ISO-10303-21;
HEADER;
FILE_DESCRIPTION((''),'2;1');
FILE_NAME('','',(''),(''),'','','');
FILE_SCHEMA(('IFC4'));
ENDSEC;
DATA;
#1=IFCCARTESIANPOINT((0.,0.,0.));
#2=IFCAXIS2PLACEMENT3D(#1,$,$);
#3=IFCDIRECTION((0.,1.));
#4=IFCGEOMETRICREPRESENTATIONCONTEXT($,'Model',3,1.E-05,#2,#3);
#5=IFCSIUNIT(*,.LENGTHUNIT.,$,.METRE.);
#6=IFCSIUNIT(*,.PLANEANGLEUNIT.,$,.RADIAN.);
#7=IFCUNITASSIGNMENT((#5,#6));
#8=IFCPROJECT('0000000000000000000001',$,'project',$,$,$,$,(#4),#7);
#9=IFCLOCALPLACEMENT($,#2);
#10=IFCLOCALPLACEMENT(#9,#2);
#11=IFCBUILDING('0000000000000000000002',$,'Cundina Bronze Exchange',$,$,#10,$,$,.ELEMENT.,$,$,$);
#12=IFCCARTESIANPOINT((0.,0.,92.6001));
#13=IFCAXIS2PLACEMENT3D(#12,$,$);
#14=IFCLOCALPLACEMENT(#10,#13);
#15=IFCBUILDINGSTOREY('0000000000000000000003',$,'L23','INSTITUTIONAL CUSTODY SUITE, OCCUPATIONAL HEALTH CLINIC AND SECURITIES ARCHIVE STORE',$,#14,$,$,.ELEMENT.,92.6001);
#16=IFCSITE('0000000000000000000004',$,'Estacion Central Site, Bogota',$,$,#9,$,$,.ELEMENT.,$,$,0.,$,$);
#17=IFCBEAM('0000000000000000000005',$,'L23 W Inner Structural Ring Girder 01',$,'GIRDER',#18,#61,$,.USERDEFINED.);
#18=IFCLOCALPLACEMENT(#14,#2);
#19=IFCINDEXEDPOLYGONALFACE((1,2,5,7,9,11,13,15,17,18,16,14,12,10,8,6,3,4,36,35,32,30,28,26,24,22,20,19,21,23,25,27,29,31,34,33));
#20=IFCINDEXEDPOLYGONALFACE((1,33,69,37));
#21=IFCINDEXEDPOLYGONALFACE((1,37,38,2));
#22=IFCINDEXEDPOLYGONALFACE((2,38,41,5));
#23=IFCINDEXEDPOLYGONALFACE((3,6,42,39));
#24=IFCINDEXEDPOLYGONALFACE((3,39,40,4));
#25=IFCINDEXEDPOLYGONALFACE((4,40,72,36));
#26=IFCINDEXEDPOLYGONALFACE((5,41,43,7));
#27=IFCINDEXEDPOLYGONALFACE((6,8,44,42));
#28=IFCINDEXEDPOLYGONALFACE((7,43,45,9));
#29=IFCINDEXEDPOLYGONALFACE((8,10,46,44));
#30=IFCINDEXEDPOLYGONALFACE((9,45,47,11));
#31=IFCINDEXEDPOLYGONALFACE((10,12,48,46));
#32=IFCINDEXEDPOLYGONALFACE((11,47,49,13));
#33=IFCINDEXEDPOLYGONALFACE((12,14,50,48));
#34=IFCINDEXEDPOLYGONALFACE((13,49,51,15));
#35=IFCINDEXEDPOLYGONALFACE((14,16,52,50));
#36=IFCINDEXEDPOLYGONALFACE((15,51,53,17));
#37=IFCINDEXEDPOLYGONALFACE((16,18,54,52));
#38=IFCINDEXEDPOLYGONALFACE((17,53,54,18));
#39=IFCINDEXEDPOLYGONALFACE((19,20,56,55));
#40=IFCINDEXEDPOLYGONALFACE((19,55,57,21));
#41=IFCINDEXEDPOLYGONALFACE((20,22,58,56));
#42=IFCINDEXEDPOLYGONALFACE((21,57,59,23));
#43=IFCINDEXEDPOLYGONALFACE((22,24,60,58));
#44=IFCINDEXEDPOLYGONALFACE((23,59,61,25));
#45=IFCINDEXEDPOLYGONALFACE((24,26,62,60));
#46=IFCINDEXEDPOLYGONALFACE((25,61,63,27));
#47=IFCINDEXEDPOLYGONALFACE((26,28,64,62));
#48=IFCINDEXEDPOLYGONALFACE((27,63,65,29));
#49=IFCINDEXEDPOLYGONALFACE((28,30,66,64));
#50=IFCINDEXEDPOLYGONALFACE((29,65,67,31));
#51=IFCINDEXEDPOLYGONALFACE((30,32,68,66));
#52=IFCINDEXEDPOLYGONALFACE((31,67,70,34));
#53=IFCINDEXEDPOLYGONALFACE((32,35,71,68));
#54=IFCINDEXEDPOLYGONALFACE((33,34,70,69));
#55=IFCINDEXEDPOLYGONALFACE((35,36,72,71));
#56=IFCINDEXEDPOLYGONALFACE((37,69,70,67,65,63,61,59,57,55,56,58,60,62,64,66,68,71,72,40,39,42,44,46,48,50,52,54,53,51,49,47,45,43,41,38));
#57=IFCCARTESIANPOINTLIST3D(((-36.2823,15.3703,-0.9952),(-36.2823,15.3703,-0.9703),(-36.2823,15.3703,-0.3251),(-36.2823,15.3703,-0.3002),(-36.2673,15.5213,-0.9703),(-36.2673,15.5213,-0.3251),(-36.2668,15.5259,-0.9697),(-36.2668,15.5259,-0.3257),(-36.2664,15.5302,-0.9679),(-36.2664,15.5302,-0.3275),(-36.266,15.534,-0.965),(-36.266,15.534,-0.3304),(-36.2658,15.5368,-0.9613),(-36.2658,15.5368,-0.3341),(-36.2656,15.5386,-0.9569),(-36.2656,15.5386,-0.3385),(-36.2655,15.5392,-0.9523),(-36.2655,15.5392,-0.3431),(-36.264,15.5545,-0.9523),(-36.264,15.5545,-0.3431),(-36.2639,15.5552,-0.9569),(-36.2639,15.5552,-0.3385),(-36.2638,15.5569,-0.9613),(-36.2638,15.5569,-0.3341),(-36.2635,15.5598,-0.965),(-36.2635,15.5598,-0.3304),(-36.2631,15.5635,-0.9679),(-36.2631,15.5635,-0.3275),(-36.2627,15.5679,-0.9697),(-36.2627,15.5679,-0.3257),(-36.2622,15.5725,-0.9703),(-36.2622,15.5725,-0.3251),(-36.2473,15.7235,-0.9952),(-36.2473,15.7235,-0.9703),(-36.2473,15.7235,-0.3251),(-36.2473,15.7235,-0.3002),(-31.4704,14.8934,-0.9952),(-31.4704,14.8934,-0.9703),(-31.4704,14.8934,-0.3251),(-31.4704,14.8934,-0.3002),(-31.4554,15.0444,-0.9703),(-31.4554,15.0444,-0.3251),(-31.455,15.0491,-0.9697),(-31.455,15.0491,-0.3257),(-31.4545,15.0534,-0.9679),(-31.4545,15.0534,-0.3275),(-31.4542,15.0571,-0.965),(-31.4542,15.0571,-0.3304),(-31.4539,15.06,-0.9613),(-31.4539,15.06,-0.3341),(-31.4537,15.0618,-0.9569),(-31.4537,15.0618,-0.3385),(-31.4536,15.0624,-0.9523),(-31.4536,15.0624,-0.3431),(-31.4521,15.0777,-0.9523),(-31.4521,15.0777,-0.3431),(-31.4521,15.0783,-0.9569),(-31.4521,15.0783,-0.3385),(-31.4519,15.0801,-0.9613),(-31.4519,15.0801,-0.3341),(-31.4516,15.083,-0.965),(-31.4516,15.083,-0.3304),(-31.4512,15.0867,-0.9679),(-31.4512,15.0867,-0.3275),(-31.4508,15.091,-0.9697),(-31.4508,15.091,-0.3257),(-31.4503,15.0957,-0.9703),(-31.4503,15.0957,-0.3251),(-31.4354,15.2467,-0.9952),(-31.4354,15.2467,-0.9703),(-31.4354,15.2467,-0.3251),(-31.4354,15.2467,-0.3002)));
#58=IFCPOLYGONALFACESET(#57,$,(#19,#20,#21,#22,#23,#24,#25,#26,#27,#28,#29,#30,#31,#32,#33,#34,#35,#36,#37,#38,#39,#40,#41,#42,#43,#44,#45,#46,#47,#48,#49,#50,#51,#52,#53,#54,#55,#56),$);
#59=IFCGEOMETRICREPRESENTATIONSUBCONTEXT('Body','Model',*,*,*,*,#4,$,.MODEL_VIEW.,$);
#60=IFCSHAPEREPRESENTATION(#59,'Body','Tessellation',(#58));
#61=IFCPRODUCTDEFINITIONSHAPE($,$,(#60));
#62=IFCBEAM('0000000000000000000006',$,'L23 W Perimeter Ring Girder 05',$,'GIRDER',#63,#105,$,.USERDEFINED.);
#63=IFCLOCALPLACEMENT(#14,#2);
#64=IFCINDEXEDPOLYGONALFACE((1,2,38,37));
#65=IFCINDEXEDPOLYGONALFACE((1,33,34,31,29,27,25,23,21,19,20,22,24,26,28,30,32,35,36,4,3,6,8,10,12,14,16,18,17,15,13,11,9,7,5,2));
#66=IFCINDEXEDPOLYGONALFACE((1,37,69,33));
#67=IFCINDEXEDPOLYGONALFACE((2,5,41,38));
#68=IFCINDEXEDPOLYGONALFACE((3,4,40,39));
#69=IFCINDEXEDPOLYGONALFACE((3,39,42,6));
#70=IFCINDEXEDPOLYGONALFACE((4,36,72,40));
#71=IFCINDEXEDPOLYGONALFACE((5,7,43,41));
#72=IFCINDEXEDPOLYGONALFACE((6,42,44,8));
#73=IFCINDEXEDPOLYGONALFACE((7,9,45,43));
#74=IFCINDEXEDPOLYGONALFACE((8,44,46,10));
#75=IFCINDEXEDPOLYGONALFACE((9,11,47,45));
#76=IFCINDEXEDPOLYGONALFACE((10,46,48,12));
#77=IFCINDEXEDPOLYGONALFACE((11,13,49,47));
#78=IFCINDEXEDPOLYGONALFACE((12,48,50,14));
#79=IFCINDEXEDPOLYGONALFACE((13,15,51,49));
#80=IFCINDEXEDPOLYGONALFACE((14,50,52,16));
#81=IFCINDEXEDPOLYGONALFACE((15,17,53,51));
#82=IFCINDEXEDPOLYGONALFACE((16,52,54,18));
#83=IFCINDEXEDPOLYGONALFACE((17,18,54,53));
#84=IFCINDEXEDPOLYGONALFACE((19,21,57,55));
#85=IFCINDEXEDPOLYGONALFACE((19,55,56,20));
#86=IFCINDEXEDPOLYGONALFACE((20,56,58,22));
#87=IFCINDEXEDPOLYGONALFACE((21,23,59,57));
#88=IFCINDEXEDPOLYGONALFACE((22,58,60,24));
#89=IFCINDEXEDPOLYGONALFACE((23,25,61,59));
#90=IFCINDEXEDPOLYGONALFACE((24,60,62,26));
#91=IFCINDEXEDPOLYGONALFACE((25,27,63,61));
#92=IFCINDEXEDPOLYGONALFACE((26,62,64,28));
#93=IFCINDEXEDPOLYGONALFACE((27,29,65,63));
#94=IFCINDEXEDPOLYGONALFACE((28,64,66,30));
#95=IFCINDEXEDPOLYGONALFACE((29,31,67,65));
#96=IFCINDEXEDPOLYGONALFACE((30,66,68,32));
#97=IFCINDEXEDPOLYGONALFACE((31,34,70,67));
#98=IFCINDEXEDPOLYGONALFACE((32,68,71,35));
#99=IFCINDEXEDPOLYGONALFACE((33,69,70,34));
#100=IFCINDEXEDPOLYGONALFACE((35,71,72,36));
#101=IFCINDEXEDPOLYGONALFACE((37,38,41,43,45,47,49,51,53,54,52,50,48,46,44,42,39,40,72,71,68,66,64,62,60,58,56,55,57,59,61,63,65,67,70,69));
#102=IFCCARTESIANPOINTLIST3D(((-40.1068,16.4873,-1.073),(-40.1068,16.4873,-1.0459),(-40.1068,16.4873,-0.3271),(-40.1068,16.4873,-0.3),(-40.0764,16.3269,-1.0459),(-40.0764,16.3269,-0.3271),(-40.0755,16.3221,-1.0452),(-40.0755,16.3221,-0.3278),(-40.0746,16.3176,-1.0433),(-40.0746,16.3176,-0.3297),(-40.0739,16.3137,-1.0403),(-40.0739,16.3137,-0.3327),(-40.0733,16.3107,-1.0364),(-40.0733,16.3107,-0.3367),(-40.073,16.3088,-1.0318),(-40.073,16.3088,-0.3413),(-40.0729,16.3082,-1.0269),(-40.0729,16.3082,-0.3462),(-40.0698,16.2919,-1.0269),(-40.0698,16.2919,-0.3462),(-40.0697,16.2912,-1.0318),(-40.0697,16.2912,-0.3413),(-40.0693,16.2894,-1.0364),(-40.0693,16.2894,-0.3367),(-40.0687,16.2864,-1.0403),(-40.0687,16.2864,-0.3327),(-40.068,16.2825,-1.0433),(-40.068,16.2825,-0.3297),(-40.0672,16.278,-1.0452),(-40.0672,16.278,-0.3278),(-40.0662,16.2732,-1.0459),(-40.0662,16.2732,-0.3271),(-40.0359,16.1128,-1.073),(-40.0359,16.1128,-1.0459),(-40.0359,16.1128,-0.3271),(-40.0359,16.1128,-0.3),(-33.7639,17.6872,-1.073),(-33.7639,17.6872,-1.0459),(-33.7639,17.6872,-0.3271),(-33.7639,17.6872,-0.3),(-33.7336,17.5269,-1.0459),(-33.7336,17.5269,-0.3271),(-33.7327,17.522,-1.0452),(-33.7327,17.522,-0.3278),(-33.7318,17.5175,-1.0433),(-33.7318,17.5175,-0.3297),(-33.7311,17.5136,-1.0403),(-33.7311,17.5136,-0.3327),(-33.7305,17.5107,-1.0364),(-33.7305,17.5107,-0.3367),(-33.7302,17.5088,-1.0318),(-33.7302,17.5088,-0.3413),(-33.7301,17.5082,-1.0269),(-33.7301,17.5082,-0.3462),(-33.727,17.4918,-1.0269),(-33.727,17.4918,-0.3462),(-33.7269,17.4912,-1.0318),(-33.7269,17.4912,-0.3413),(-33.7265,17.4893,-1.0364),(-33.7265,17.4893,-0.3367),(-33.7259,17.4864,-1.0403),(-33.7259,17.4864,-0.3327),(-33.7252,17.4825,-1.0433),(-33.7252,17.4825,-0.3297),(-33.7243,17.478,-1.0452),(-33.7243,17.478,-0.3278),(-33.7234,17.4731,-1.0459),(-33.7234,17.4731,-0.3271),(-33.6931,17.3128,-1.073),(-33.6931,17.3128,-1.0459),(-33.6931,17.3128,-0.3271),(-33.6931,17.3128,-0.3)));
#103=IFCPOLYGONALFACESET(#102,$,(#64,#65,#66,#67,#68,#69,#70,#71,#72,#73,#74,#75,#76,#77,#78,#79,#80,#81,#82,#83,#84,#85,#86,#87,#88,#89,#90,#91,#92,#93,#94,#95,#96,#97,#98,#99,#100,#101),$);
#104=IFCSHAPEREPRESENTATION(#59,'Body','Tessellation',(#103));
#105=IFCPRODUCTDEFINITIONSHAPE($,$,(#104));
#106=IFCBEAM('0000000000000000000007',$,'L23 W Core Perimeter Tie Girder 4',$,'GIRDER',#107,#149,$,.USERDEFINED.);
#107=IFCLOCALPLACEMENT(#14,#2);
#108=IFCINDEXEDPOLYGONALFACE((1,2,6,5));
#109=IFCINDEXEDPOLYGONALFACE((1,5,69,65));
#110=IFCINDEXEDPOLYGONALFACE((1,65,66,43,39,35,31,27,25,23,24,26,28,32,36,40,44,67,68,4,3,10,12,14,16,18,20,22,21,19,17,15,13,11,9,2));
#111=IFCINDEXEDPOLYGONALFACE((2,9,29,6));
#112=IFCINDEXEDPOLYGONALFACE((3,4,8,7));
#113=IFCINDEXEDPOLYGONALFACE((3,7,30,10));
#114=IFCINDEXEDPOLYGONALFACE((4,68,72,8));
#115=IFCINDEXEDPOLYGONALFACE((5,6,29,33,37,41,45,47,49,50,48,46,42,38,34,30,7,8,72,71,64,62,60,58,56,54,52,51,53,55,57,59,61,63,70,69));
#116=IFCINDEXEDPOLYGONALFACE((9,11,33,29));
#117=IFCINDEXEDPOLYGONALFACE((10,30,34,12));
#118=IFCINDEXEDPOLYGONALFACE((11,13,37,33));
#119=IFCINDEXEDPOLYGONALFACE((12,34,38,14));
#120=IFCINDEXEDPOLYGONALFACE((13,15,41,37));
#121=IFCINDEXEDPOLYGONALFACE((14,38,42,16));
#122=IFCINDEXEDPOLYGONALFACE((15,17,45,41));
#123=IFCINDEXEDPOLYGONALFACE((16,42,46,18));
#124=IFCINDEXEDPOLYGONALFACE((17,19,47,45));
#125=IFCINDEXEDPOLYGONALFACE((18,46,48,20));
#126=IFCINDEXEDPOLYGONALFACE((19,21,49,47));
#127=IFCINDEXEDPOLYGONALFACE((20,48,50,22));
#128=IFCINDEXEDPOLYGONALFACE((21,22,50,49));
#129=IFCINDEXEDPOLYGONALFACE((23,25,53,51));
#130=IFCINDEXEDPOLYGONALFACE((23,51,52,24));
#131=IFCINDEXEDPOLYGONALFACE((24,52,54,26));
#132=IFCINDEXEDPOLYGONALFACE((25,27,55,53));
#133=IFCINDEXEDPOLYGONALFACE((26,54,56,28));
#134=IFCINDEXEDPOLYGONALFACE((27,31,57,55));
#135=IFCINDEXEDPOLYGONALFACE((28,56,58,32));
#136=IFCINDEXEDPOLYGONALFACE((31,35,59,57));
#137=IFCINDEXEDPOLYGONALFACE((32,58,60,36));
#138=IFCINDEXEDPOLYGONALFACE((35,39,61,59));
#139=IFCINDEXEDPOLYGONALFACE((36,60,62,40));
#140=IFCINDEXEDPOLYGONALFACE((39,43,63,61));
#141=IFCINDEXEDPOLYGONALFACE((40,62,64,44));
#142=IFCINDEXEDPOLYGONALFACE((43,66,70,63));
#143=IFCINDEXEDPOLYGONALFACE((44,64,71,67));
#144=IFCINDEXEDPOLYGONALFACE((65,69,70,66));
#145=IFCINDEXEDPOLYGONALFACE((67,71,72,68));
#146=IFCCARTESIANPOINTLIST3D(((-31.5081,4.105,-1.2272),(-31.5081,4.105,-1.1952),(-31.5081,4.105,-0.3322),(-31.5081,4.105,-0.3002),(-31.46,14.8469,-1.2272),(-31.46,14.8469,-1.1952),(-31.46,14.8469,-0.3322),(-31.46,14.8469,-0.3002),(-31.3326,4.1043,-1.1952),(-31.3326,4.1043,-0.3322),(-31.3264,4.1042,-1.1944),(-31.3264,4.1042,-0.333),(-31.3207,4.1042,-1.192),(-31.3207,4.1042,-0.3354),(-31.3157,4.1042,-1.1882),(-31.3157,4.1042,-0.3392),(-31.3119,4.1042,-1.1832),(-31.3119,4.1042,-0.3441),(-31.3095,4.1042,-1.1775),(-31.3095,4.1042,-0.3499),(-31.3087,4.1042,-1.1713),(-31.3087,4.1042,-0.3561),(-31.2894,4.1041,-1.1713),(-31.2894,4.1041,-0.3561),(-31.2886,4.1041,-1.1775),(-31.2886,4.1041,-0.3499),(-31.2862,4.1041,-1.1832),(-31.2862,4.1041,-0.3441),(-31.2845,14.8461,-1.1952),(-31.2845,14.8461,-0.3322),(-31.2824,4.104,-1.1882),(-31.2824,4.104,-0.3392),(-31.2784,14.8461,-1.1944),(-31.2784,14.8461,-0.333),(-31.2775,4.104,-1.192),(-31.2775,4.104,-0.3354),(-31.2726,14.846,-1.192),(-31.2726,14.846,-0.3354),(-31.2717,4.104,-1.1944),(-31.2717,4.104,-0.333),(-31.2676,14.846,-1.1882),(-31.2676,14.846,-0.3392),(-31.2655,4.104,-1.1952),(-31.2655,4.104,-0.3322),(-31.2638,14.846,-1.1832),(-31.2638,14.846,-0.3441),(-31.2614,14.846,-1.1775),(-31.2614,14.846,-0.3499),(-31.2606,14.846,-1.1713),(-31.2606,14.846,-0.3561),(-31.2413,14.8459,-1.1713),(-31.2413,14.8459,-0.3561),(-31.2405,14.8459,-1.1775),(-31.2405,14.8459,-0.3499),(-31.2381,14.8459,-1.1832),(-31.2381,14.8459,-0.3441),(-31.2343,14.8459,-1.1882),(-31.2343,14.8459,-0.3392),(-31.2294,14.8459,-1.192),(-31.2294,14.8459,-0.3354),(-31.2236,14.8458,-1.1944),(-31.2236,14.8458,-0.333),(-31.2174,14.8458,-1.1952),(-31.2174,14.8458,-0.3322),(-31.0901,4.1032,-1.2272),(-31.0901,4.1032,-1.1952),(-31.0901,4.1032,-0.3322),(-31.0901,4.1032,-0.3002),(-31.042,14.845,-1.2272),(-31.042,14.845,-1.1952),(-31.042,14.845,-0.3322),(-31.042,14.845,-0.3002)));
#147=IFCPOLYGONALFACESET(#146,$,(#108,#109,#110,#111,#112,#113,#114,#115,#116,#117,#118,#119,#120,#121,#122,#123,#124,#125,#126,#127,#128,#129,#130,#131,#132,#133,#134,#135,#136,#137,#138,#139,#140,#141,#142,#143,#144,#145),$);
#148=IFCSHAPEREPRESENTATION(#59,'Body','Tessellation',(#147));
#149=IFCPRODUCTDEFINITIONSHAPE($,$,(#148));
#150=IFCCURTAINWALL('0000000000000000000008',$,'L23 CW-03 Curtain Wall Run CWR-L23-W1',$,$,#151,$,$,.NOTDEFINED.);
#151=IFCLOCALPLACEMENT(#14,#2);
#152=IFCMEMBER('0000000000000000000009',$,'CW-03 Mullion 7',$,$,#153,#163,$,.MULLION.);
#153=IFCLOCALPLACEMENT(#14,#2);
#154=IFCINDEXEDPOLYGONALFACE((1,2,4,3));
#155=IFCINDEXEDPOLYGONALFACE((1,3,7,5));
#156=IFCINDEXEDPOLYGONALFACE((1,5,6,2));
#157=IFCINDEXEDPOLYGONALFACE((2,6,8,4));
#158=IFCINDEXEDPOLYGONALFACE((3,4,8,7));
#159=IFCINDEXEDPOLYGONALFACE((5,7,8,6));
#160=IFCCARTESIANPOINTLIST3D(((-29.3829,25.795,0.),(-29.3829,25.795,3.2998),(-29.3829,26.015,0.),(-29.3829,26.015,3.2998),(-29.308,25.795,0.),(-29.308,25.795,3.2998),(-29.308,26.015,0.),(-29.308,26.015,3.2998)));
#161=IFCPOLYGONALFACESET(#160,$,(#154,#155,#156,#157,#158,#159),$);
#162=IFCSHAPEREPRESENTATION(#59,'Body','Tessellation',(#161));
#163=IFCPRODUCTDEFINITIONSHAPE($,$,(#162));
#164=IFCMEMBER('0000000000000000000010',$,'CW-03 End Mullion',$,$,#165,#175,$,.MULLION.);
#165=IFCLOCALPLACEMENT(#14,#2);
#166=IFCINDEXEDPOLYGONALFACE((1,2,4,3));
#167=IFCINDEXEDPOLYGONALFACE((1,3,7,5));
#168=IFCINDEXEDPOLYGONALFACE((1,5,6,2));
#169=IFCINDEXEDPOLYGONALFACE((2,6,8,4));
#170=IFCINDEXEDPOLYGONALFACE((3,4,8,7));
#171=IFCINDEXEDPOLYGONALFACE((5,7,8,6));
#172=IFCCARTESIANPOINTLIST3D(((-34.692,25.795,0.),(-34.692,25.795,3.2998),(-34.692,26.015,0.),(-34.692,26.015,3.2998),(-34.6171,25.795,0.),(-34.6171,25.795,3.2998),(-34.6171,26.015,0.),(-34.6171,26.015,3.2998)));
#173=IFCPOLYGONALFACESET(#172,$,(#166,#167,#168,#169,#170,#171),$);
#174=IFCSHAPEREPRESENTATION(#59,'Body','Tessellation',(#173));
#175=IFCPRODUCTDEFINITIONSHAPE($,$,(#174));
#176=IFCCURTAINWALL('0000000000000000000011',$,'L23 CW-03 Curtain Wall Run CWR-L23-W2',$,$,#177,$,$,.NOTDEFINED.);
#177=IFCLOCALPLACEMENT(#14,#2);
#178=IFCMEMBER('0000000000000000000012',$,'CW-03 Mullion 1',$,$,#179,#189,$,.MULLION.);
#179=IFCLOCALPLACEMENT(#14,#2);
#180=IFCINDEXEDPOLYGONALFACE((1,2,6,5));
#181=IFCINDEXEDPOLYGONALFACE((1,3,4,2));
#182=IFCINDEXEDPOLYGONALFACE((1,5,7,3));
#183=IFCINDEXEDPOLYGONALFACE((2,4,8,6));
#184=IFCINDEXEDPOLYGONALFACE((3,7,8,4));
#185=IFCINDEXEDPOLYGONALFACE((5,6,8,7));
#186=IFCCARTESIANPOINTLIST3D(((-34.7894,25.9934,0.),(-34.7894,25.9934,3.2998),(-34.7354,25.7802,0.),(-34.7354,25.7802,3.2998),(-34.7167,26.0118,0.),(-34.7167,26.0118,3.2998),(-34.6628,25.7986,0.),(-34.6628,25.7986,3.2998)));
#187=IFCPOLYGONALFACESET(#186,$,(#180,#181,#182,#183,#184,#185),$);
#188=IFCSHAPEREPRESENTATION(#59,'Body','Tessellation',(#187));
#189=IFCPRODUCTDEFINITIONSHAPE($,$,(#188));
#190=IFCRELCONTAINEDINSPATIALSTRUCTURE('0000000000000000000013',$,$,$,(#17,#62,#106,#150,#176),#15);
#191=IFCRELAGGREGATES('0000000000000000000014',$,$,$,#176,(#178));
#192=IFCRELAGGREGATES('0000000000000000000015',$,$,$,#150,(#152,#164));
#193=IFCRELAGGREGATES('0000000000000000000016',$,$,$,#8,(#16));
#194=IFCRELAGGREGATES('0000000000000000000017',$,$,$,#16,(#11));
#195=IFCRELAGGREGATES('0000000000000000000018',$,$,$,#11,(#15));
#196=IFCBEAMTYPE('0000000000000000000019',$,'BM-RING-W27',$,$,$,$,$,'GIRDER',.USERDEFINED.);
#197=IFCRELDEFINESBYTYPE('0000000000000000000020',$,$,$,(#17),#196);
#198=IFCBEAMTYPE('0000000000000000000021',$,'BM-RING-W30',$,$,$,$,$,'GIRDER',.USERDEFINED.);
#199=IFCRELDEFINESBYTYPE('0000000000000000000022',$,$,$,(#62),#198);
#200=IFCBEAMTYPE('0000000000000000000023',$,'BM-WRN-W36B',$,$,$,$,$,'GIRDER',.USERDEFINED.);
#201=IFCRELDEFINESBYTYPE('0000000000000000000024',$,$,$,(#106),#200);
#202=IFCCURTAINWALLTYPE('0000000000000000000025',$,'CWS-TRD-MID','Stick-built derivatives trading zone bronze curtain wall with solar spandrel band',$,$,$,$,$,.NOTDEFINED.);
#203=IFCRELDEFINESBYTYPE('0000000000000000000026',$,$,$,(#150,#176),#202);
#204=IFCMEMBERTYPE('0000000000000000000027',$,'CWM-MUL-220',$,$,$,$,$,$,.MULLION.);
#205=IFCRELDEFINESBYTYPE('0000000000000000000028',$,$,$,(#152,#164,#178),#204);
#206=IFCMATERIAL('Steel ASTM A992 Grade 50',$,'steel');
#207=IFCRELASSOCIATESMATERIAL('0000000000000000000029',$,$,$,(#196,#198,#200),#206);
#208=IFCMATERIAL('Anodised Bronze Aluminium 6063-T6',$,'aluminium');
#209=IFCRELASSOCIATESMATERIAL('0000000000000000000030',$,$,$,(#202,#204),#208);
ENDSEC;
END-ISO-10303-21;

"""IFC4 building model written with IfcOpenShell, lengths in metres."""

from ifc_helpers import new_model, si_unit, direction, frame, origin, origin_2d, place, context, subcontext, project, spatial, rectangle, i_section, extrude, material, material_profile, profile_set, type_object, element, aggregate, save


model = new_model("IFC4")

# Units and contexts
model_context = context("Model", 3, precision=1e-05, world=origin(), true_north=direction((0.0, 1.0)))
body_context = subcontext(model_context, "Body", "Model", "MODEL_VIEW")
ifc_project = project(units=[si_unit("LENGTHUNIT", "METRE"), si_unit("PLANEANGLEUNIT", "RADIAN")], contexts=[model_context])

# Site, building, storey
site_placement = place(None, origin())
site = spatial("IfcSite", under=ifc_project, at=site_placement, Name="Estacion Central Site, Bogota", CompositionType="ELEMENT", RefElevation=0.0)
building_placement = place(site_placement, origin())
building = spatial("IfcBuilding", under=site, at=building_placement, Name="Cundina Bronze Exchange", CompositionType="ELEMENT")
storey_placement = place(building_placement, frame((0.0, 0.0, 92.6001)))
storey = spatial("IfcBuildingStorey", under=building, at=storey_placement, Name="L23", Description="INSTITUTIONAL CUSTODY SUITE, OCCUPATIONAL HEALTH CLINIC AND SECURITIES ARCHIVE STORE", CompositionType="ELEMENT", Elevation=92.6001)

# Shared definitions
ifc_material_1 = material(Name="Steel ASTM A992 Grade 50", Category="steel")

# Beams
ifc_material_profile_1 = material_profile(ifc_material_1, i_section(OverallWidth=0.355, OverallDepth=0.6951, WebThickness=0.0154, FlangeThickness=0.0249, FilletRadius=0.0181, at=origin_2d()), Name="W27X146", Category="steel")
ifc_profile_set_1 = profile_set([ifc_material_profile_1], Name="Steel ASTM A992 Grade 50")
beam_type_1 = type_object("IfcBeamType", Name="BM-RING-W27", ElementType="GIRDER", PredefinedType="USERDEFINED", material=ifc_profile_set_1)
beam_1_placement = place(storey_placement, frame((-31.4529, 15.0701, -0.6477), z_axis=(-0.995126, 0.098609, 0.0), x_axis=(-0.098609, -0.995126, 0.0)))
element("IfcBeam", 1, at=beam_1_placement, inside=storey, type_object=beam_type_1, Name="L23 W Inner Structural Ring Girder 01", ObjectType="GIRDER", PredefinedType="USERDEFINED", context=body_context, shape_type="SweptSolid", body=[
    extrude(i_section(OverallWidth=0.355, OverallDepth=0.6951, WebThickness=0.0154, FlangeThickness=0.0249, FilletRadius=0.0181, at=origin_2d()), origin(), (0.0, 0.0, 1.0), 4.8354),
])
ifc_material_profile_2 = material_profile(ifc_material_1, i_section(OverallWidth=0.3811, OverallDepth=0.7729, WebThickness=0.0166, FlangeThickness=0.0271, FilletRadius=0.019, at=origin_2d()), Name="W30X173", Category="steel")
ifc_profile_set_2 = profile_set([ifc_material_profile_2], Name="Steel ASTM A992 Grade 50")
beam_type_2 = type_object("IfcBeamType", Name="BM-RING-W30", ElementType="GIRDER", PredefinedType="USERDEFINED", material=ifc_profile_set_2)
beam_2_placement = place(storey_placement, frame((-33.7285, 17.5, -0.6865), z_axis=(-0.982571, -0.185887, 0.0), x_axis=(0.185887, -0.982571, 0.0)))
element("IfcBeam", 2, at=beam_2_placement, inside=storey, type_object=beam_type_2, Name="L23 W Perimeter Ring Girder 05", ObjectType="GIRDER", PredefinedType="USERDEFINED", context=body_context, shape_type="SweptSolid", body=[
    extrude(i_section(OverallWidth=0.3811, OverallDepth=0.7729, WebThickness=0.0166, FlangeThickness=0.0271, FilletRadius=0.019, at=origin_2d()), origin(), (0.0, 0.0, 1.0), 6.4553),
])
ifc_material_profile_3 = material_profile(ifc_material_1, i_section(OverallWidth=0.418, OverallDepth=0.927, WebThickness=0.0193, FlangeThickness=0.032, FilletRadius=0.0239, at=origin_2d()), Name="W36X231", Category="steel")
ifc_profile_set_3 = profile_set([ifc_material_profile_3], Name="Steel ASTM A992 Grade 50")
beam_type_3 = type_object("IfcBeamType", Name="BM-WRN-W36B", ElementType="GIRDER", PredefinedType="USERDEFINED", material=ifc_profile_set_3)
beam_3_placement = place(storey_placement, frame((-31.251, 14.8459, -0.7637), z_axis=(-0.004477, -0.99999, 0.0), x_axis=(0.99999, -0.004477, 0.0)))
element("IfcBeam", 3, at=beam_3_placement, inside=storey, type_object=beam_type_3, Name="L23 W Core Perimeter Tie Girder 4", ObjectType="GIRDER", PredefinedType="USERDEFINED", context=body_context, shape_type="SweptSolid", body=[
    extrude(i_section(OverallWidth=0.418, OverallDepth=0.927, WebThickness=0.0193, FlangeThickness=0.032, FilletRadius=0.0239, at=origin_2d()), origin(), (0.0, 0.0, 1.0), 10.7419),
])

# Curtain wall, members
ifc_material_2 = material(Name="Anodised Bronze Aluminium 6063-T6", Category="aluminium")
curtain_wall_type = type_object("IfcCurtainWallType", Name="CWS-TRD-MID", Description="Stick-built derivatives trading zone bronze curtain wall with solar spandrel band", PredefinedType="NOTDEFINED", material=ifc_material_2)
curtain_wall_1_placement = place(storey_placement, origin())
curtain_wall_1 = element("IfcCurtainWall", 4, at=curtain_wall_1_placement, inside=storey, type_object=curtain_wall_type, Name="L23 CW-03 Curtain Wall Run CWR-L23-W1", PredefinedType="NOTDEFINED")
ifc_material_profile_4 = material_profile(ifc_material_2, rectangle(XDim=0.075, YDim=0.22, at=origin_2d()), Name="AL75X220", Category="aluminium")
ifc_profile_set_4 = profile_set([ifc_material_profile_4], Name="Anodised Bronze Aluminium 6063-T6")
member_type_1 = type_object("IfcMemberType", Name="CWM-MUL-220", PredefinedType="MULLION", material=ifc_profile_set_4)
member_1_placement = place(storey_placement, frame((-29.3455, 25.905, 0.0), z_axis=(0.0, 0.0, 1.0), x_axis=(-1.0, 0.0, 0.0)))
member_1 = element("IfcMember", 5, at=member_1_placement, type_object=member_type_1, Name="CW-03 Mullion 7", PredefinedType="MULLION", context=body_context, shape_type="SweptSolid", body=[
    extrude(rectangle(XDim=0.075, YDim=0.22, at=origin_2d()), origin(), (0.0, 0.0, 1.0), 3.2998),
])
member_2_placement = place(storey_placement, frame((-34.6545, 25.905, 0.0), z_axis=(0.0, 0.0, 1.0), x_axis=(-1.0, 0.0, 0.0)))
member_2 = element("IfcMember", 6, at=member_2_placement, type_object=member_type_1, Name="CW-03 End Mullion", PredefinedType="MULLION", context=body_context, shape_type="SweptSolid", body=[
    extrude(rectangle(XDim=0.075, YDim=0.22, at=origin_2d()), origin(), (0.0, 0.0, 1.0), 3.2998),
])

# Curtain wall, member
curtain_wall_2_placement = place(storey_placement, origin())
curtain_wall_2 = element("IfcCurtainWall", 7, at=curtain_wall_2_placement, inside=storey, type_object=curtain_wall_type, Name="L23 CW-03 Curtain Wall Run CWR-L23-W2", PredefinedType="NOTDEFINED")
member_3_placement = place(storey_placement, frame((-34.7261, 25.896, 0.0), z_axis=(0.0, 0.0, 1.0), x_axis=(-0.969488, -0.245138, 0.0)))
member_3 = element("IfcMember", 8, at=member_3_placement, type_object=member_type_1, Name="CW-03 Mullion 1", PredefinedType="MULLION", context=body_context, shape_type="SweptSolid", body=[
    extrude(rectangle(XDim=0.075, YDim=0.22, at=origin_2d()), origin(), (0.0, 0.0, 1.0), 3.2998),
])

aggregate(curtain_wall_2, [member_3])

aggregate(curtain_wall_1, [member_1, member_2])

save(model, "model.ifc")
